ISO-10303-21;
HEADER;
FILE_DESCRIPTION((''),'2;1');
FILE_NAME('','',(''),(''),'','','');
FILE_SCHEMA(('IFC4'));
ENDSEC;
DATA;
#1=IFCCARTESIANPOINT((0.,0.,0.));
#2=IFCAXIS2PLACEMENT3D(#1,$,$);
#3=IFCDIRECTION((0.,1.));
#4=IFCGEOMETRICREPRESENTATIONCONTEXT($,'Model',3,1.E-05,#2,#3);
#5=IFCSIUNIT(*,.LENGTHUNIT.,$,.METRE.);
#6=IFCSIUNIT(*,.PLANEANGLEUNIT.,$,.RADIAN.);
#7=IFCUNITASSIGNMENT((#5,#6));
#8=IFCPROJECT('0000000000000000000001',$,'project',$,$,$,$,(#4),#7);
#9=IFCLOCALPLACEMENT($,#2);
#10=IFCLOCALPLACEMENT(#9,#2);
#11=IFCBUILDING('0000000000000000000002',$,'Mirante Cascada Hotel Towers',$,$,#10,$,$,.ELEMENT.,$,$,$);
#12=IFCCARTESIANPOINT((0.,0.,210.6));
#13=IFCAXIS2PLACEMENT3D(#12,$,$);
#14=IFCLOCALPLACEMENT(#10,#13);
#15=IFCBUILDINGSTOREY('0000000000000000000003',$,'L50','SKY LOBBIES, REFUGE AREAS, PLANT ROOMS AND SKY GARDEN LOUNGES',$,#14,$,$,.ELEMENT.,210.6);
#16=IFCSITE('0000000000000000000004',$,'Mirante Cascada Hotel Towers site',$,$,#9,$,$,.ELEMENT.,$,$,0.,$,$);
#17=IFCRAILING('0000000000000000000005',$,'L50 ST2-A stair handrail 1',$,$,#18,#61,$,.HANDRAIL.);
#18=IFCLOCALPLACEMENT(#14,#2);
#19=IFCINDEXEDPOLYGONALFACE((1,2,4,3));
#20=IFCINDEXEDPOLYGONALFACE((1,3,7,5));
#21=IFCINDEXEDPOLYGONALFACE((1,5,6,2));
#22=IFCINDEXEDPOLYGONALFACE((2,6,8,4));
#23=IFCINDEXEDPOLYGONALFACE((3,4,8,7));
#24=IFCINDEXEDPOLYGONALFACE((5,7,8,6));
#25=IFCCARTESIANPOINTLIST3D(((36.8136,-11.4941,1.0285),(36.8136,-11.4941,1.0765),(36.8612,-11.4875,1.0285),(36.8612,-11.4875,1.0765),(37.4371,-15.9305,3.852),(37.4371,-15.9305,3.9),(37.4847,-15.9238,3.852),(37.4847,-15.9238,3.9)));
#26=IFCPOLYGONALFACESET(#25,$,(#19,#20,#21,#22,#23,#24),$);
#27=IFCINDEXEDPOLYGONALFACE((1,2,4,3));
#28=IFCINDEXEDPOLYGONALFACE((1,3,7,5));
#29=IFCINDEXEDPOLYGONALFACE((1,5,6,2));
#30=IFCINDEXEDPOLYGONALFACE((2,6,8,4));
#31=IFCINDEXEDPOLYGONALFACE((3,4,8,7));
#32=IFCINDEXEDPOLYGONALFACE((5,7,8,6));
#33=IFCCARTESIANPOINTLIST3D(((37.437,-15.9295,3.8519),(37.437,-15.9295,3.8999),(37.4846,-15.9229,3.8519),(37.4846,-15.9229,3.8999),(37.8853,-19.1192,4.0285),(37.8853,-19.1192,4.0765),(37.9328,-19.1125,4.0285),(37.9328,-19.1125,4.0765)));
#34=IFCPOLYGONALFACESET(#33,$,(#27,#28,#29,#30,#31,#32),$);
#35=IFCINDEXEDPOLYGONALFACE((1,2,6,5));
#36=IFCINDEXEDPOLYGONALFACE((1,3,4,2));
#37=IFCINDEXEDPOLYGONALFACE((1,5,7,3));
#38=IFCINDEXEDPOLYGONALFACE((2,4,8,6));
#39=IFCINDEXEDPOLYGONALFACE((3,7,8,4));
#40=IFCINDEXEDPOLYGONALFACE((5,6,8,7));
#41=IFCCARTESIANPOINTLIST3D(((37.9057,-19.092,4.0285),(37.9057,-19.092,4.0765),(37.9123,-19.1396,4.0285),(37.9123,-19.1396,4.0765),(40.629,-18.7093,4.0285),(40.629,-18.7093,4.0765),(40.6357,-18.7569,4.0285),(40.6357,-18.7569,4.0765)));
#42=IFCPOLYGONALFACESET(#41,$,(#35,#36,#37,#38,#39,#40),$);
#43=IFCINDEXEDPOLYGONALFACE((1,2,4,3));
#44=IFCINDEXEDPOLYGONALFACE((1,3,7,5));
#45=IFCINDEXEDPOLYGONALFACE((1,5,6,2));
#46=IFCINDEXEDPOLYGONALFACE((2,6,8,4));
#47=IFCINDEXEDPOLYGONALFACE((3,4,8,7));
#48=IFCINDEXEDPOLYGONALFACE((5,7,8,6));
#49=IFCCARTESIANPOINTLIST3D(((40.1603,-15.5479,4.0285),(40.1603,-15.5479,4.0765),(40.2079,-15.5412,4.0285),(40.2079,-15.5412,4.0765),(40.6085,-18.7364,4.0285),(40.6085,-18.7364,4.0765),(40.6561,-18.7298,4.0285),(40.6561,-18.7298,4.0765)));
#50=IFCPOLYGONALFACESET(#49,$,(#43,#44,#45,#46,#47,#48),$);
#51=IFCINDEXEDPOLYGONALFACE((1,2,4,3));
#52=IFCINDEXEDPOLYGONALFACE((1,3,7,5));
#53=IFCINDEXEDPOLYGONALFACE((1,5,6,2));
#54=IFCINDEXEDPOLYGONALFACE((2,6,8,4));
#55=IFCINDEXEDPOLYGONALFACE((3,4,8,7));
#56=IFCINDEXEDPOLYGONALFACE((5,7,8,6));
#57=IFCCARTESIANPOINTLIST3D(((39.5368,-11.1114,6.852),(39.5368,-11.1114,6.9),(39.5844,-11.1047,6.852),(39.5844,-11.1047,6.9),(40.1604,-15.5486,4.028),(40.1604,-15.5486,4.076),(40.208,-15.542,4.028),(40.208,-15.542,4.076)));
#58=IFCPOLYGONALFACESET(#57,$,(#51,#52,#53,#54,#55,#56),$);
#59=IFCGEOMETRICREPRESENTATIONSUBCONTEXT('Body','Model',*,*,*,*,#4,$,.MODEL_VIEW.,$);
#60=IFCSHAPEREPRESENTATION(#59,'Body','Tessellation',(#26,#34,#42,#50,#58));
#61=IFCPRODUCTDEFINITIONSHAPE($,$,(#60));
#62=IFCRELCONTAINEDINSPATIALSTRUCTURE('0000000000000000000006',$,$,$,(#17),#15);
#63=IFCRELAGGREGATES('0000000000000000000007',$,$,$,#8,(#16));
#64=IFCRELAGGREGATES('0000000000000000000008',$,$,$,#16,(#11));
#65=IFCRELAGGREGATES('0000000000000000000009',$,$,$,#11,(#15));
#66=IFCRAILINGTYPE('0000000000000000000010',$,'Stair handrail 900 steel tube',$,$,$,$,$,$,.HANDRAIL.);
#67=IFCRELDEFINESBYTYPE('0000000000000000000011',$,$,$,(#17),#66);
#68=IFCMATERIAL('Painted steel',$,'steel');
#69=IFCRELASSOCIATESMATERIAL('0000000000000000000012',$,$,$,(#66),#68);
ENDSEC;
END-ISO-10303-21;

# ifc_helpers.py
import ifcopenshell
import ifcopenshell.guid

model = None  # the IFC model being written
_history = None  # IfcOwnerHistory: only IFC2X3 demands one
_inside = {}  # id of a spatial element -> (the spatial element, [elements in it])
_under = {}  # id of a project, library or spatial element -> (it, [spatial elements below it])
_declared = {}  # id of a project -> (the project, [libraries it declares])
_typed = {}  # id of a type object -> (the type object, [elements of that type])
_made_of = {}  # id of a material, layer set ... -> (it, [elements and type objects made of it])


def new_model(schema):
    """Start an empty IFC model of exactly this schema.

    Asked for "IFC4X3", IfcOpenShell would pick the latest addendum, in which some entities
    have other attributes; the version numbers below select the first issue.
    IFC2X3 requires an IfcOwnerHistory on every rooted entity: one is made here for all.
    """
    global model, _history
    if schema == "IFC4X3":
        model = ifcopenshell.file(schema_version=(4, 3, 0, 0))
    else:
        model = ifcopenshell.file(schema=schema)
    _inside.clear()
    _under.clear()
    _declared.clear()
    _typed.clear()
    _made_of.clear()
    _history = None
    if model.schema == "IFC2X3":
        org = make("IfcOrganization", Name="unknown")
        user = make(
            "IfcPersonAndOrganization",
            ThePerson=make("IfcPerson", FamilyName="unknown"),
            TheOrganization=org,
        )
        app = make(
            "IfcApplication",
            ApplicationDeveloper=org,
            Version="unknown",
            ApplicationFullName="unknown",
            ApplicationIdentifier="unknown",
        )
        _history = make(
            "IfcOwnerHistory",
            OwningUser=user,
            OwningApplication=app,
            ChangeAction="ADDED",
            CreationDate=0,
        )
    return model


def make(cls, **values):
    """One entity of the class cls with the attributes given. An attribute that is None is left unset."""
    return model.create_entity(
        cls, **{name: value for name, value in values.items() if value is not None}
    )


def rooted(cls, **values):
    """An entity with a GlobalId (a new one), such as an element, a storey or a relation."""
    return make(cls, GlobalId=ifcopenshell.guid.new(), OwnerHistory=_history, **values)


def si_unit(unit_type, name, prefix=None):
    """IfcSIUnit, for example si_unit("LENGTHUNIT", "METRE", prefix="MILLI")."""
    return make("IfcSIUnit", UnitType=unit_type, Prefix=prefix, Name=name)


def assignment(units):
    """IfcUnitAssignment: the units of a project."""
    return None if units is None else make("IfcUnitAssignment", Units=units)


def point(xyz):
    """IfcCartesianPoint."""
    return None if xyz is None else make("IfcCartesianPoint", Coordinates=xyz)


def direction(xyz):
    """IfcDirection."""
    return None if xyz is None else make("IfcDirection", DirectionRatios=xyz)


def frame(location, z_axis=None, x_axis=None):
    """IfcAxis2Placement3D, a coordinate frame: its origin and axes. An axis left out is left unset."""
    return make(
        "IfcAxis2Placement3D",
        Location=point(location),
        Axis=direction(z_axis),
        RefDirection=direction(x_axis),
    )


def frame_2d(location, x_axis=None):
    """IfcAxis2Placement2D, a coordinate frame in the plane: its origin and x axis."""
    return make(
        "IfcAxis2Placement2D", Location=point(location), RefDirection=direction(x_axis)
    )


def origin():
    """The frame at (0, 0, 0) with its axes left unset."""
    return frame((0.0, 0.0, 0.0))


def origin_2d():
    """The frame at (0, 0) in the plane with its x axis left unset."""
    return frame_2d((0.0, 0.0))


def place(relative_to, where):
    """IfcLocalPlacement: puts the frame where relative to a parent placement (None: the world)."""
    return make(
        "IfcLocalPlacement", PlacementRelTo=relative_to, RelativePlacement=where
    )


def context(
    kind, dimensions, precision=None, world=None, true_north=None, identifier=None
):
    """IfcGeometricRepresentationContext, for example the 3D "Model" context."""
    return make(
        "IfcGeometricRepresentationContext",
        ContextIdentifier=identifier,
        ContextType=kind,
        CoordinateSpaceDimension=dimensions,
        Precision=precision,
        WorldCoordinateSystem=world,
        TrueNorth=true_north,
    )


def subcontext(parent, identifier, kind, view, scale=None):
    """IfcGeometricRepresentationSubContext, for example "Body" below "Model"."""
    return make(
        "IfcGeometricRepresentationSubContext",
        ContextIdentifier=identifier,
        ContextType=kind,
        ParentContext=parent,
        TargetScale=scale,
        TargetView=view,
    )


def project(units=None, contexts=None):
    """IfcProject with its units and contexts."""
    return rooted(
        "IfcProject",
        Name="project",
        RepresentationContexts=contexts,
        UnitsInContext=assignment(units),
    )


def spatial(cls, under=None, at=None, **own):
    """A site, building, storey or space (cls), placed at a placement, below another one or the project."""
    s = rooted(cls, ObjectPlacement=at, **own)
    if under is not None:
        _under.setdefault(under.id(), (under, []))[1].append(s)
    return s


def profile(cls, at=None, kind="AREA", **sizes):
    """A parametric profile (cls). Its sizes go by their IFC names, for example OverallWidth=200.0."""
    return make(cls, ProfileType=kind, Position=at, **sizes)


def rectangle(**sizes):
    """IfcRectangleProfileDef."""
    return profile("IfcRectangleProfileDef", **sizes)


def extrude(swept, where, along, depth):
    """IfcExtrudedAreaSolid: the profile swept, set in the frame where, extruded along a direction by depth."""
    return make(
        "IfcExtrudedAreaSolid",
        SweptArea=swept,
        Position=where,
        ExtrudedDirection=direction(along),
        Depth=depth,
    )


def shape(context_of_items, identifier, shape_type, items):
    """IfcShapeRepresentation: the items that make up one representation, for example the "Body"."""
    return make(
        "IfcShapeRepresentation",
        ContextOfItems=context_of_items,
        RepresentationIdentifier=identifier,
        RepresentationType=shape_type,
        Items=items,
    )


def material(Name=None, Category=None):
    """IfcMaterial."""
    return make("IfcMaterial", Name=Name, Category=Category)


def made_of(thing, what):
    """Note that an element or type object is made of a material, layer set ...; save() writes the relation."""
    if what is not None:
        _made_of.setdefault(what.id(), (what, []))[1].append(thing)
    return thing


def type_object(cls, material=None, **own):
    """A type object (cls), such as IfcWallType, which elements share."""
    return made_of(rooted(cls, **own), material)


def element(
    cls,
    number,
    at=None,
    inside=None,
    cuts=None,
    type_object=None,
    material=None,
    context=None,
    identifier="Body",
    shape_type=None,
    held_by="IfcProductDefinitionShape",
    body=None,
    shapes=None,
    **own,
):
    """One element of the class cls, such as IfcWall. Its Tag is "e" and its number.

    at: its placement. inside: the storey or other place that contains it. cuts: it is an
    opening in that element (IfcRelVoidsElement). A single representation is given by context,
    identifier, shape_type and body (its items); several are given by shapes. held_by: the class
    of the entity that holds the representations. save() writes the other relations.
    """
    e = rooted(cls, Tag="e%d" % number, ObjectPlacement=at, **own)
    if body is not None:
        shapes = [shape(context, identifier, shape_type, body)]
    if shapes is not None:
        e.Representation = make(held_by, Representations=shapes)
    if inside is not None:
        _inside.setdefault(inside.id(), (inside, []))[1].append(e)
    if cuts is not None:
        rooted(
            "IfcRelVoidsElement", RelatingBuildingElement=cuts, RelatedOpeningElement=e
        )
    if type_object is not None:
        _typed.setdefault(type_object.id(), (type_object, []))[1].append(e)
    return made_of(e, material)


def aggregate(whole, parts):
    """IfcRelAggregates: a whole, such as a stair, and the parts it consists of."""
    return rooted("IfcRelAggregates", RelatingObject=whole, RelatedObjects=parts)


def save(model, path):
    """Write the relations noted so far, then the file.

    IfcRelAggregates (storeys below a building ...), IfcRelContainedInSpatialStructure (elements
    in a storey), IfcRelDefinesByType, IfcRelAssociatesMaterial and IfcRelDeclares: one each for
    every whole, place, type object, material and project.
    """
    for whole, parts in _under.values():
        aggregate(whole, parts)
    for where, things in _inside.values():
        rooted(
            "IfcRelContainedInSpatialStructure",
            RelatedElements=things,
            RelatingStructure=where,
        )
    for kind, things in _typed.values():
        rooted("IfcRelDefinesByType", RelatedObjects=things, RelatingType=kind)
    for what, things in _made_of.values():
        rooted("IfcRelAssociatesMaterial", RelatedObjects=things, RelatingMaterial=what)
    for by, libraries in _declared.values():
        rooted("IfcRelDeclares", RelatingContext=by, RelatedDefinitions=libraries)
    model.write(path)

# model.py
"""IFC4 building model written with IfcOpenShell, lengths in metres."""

from ifc_helpers import new_model, si_unit, direction, frame, origin, origin_2d, place, context, subcontext, project, spatial, rectangle, extrude, material, type_object, element, save


model = new_model("IFC4")

# Units and contexts
model_context = context("Model", 3, precision=1e-05, world=origin(), true_north=direction((0.0, 1.0)))
body_context = subcontext(model_context, "Body", "Model", "MODEL_VIEW")
ifc_project = project(units=[si_unit("LENGTHUNIT", "METRE"), si_unit("PLANEANGLEUNIT", "RADIAN")], contexts=[model_context])

# Site, building, storey
site_placement = place(None, origin())
site = spatial("IfcSite", under=ifc_project, at=site_placement, Name="Mirante Cascada Hotel Towers site", CompositionType="ELEMENT", RefElevation=0.0)
building_placement = place(site_placement, origin())
building = spatial("IfcBuilding", under=site, at=building_placement, Name="Mirante Cascada Hotel Towers", CompositionType="ELEMENT")
storey_placement = place(building_placement, frame((0.0, 0.0, 210.6)))
storey = spatial("IfcBuildingStorey", under=building, at=storey_placement, Name="L50", Description="SKY LOBBIES, REFUGE AREAS, PLANT ROOMS AND SKY GARDEN LOUNGES", CompositionType="ELEMENT", Elevation=210.6)

# Railing
ifc_material_1 = material(Name="Painted steel", Category="steel")
railing_type_1 = type_object("IfcRailingType", Name="Stair handrail 900 steel tube", PredefinedType="HANDRAIL", material=ifc_material_1)
railing_1_placement = place(storey_placement, frame((36.8374, -11.4908, 0.1765)))
element("IfcRailing", 1, at=railing_1_placement, inside=storey, type_object=railing_type_1, Name="L50 ST2-A stair handrail 1", PredefinedType="HANDRAIL", context=body_context, shape_type="SweptSolid", body=[
    extrude(rectangle(XDim=0.048, YDim=0.048, at=origin_2d()), frame((0.0, 0.0, 0.876), z_axis=(0.139174, -0.990268, 0.0), x_axis=(0.990268, 0.139174, 0.0)), (0.0, 0.533186, 0.845998), 5.2955),
    extrude(rectangle(XDim=0.048, YDim=0.048, at=origin_2d()), frame((0.6234, -4.4354, 3.6994), z_axis=(0.139164, -0.990269, 0.0), x_axis=(0.990269, 0.139164, 0.0)), (0.0, 0.054733, 0.998501), 3.2258),
    extrude(rectangle(XDim=0.048, YDim=0.048, at=origin_2d()), frame((1.0716, -7.625, 3.876), z_axis=(0.99027, 0.139161, 0.0), x_axis=(-0.139161, 0.99027, 0.0)), (0.0, 0.0, 1.0), 2.7501),
    extrude(rectangle(XDim=0.048, YDim=0.048, at=origin_2d()), frame((3.7949, -7.2423, 3.876), z_axis=(-0.139195, 0.990265, 0.0), x_axis=(-0.990265, -0.139195, 0.0)), (0.0, 0.0, 1.0), 3.2199),
    extrude(rectangle(XDim=0.048, YDim=0.048, at=origin_2d()), frame((3.3468, -4.0545, 3.8755), z_axis=(-0.139174, 0.990268, 0.0), x_axis=(-0.990268, -0.139174, 0.0)), (0.0, 0.533186, 0.845998), 5.2965),
])

save(model, "model.ifc")
